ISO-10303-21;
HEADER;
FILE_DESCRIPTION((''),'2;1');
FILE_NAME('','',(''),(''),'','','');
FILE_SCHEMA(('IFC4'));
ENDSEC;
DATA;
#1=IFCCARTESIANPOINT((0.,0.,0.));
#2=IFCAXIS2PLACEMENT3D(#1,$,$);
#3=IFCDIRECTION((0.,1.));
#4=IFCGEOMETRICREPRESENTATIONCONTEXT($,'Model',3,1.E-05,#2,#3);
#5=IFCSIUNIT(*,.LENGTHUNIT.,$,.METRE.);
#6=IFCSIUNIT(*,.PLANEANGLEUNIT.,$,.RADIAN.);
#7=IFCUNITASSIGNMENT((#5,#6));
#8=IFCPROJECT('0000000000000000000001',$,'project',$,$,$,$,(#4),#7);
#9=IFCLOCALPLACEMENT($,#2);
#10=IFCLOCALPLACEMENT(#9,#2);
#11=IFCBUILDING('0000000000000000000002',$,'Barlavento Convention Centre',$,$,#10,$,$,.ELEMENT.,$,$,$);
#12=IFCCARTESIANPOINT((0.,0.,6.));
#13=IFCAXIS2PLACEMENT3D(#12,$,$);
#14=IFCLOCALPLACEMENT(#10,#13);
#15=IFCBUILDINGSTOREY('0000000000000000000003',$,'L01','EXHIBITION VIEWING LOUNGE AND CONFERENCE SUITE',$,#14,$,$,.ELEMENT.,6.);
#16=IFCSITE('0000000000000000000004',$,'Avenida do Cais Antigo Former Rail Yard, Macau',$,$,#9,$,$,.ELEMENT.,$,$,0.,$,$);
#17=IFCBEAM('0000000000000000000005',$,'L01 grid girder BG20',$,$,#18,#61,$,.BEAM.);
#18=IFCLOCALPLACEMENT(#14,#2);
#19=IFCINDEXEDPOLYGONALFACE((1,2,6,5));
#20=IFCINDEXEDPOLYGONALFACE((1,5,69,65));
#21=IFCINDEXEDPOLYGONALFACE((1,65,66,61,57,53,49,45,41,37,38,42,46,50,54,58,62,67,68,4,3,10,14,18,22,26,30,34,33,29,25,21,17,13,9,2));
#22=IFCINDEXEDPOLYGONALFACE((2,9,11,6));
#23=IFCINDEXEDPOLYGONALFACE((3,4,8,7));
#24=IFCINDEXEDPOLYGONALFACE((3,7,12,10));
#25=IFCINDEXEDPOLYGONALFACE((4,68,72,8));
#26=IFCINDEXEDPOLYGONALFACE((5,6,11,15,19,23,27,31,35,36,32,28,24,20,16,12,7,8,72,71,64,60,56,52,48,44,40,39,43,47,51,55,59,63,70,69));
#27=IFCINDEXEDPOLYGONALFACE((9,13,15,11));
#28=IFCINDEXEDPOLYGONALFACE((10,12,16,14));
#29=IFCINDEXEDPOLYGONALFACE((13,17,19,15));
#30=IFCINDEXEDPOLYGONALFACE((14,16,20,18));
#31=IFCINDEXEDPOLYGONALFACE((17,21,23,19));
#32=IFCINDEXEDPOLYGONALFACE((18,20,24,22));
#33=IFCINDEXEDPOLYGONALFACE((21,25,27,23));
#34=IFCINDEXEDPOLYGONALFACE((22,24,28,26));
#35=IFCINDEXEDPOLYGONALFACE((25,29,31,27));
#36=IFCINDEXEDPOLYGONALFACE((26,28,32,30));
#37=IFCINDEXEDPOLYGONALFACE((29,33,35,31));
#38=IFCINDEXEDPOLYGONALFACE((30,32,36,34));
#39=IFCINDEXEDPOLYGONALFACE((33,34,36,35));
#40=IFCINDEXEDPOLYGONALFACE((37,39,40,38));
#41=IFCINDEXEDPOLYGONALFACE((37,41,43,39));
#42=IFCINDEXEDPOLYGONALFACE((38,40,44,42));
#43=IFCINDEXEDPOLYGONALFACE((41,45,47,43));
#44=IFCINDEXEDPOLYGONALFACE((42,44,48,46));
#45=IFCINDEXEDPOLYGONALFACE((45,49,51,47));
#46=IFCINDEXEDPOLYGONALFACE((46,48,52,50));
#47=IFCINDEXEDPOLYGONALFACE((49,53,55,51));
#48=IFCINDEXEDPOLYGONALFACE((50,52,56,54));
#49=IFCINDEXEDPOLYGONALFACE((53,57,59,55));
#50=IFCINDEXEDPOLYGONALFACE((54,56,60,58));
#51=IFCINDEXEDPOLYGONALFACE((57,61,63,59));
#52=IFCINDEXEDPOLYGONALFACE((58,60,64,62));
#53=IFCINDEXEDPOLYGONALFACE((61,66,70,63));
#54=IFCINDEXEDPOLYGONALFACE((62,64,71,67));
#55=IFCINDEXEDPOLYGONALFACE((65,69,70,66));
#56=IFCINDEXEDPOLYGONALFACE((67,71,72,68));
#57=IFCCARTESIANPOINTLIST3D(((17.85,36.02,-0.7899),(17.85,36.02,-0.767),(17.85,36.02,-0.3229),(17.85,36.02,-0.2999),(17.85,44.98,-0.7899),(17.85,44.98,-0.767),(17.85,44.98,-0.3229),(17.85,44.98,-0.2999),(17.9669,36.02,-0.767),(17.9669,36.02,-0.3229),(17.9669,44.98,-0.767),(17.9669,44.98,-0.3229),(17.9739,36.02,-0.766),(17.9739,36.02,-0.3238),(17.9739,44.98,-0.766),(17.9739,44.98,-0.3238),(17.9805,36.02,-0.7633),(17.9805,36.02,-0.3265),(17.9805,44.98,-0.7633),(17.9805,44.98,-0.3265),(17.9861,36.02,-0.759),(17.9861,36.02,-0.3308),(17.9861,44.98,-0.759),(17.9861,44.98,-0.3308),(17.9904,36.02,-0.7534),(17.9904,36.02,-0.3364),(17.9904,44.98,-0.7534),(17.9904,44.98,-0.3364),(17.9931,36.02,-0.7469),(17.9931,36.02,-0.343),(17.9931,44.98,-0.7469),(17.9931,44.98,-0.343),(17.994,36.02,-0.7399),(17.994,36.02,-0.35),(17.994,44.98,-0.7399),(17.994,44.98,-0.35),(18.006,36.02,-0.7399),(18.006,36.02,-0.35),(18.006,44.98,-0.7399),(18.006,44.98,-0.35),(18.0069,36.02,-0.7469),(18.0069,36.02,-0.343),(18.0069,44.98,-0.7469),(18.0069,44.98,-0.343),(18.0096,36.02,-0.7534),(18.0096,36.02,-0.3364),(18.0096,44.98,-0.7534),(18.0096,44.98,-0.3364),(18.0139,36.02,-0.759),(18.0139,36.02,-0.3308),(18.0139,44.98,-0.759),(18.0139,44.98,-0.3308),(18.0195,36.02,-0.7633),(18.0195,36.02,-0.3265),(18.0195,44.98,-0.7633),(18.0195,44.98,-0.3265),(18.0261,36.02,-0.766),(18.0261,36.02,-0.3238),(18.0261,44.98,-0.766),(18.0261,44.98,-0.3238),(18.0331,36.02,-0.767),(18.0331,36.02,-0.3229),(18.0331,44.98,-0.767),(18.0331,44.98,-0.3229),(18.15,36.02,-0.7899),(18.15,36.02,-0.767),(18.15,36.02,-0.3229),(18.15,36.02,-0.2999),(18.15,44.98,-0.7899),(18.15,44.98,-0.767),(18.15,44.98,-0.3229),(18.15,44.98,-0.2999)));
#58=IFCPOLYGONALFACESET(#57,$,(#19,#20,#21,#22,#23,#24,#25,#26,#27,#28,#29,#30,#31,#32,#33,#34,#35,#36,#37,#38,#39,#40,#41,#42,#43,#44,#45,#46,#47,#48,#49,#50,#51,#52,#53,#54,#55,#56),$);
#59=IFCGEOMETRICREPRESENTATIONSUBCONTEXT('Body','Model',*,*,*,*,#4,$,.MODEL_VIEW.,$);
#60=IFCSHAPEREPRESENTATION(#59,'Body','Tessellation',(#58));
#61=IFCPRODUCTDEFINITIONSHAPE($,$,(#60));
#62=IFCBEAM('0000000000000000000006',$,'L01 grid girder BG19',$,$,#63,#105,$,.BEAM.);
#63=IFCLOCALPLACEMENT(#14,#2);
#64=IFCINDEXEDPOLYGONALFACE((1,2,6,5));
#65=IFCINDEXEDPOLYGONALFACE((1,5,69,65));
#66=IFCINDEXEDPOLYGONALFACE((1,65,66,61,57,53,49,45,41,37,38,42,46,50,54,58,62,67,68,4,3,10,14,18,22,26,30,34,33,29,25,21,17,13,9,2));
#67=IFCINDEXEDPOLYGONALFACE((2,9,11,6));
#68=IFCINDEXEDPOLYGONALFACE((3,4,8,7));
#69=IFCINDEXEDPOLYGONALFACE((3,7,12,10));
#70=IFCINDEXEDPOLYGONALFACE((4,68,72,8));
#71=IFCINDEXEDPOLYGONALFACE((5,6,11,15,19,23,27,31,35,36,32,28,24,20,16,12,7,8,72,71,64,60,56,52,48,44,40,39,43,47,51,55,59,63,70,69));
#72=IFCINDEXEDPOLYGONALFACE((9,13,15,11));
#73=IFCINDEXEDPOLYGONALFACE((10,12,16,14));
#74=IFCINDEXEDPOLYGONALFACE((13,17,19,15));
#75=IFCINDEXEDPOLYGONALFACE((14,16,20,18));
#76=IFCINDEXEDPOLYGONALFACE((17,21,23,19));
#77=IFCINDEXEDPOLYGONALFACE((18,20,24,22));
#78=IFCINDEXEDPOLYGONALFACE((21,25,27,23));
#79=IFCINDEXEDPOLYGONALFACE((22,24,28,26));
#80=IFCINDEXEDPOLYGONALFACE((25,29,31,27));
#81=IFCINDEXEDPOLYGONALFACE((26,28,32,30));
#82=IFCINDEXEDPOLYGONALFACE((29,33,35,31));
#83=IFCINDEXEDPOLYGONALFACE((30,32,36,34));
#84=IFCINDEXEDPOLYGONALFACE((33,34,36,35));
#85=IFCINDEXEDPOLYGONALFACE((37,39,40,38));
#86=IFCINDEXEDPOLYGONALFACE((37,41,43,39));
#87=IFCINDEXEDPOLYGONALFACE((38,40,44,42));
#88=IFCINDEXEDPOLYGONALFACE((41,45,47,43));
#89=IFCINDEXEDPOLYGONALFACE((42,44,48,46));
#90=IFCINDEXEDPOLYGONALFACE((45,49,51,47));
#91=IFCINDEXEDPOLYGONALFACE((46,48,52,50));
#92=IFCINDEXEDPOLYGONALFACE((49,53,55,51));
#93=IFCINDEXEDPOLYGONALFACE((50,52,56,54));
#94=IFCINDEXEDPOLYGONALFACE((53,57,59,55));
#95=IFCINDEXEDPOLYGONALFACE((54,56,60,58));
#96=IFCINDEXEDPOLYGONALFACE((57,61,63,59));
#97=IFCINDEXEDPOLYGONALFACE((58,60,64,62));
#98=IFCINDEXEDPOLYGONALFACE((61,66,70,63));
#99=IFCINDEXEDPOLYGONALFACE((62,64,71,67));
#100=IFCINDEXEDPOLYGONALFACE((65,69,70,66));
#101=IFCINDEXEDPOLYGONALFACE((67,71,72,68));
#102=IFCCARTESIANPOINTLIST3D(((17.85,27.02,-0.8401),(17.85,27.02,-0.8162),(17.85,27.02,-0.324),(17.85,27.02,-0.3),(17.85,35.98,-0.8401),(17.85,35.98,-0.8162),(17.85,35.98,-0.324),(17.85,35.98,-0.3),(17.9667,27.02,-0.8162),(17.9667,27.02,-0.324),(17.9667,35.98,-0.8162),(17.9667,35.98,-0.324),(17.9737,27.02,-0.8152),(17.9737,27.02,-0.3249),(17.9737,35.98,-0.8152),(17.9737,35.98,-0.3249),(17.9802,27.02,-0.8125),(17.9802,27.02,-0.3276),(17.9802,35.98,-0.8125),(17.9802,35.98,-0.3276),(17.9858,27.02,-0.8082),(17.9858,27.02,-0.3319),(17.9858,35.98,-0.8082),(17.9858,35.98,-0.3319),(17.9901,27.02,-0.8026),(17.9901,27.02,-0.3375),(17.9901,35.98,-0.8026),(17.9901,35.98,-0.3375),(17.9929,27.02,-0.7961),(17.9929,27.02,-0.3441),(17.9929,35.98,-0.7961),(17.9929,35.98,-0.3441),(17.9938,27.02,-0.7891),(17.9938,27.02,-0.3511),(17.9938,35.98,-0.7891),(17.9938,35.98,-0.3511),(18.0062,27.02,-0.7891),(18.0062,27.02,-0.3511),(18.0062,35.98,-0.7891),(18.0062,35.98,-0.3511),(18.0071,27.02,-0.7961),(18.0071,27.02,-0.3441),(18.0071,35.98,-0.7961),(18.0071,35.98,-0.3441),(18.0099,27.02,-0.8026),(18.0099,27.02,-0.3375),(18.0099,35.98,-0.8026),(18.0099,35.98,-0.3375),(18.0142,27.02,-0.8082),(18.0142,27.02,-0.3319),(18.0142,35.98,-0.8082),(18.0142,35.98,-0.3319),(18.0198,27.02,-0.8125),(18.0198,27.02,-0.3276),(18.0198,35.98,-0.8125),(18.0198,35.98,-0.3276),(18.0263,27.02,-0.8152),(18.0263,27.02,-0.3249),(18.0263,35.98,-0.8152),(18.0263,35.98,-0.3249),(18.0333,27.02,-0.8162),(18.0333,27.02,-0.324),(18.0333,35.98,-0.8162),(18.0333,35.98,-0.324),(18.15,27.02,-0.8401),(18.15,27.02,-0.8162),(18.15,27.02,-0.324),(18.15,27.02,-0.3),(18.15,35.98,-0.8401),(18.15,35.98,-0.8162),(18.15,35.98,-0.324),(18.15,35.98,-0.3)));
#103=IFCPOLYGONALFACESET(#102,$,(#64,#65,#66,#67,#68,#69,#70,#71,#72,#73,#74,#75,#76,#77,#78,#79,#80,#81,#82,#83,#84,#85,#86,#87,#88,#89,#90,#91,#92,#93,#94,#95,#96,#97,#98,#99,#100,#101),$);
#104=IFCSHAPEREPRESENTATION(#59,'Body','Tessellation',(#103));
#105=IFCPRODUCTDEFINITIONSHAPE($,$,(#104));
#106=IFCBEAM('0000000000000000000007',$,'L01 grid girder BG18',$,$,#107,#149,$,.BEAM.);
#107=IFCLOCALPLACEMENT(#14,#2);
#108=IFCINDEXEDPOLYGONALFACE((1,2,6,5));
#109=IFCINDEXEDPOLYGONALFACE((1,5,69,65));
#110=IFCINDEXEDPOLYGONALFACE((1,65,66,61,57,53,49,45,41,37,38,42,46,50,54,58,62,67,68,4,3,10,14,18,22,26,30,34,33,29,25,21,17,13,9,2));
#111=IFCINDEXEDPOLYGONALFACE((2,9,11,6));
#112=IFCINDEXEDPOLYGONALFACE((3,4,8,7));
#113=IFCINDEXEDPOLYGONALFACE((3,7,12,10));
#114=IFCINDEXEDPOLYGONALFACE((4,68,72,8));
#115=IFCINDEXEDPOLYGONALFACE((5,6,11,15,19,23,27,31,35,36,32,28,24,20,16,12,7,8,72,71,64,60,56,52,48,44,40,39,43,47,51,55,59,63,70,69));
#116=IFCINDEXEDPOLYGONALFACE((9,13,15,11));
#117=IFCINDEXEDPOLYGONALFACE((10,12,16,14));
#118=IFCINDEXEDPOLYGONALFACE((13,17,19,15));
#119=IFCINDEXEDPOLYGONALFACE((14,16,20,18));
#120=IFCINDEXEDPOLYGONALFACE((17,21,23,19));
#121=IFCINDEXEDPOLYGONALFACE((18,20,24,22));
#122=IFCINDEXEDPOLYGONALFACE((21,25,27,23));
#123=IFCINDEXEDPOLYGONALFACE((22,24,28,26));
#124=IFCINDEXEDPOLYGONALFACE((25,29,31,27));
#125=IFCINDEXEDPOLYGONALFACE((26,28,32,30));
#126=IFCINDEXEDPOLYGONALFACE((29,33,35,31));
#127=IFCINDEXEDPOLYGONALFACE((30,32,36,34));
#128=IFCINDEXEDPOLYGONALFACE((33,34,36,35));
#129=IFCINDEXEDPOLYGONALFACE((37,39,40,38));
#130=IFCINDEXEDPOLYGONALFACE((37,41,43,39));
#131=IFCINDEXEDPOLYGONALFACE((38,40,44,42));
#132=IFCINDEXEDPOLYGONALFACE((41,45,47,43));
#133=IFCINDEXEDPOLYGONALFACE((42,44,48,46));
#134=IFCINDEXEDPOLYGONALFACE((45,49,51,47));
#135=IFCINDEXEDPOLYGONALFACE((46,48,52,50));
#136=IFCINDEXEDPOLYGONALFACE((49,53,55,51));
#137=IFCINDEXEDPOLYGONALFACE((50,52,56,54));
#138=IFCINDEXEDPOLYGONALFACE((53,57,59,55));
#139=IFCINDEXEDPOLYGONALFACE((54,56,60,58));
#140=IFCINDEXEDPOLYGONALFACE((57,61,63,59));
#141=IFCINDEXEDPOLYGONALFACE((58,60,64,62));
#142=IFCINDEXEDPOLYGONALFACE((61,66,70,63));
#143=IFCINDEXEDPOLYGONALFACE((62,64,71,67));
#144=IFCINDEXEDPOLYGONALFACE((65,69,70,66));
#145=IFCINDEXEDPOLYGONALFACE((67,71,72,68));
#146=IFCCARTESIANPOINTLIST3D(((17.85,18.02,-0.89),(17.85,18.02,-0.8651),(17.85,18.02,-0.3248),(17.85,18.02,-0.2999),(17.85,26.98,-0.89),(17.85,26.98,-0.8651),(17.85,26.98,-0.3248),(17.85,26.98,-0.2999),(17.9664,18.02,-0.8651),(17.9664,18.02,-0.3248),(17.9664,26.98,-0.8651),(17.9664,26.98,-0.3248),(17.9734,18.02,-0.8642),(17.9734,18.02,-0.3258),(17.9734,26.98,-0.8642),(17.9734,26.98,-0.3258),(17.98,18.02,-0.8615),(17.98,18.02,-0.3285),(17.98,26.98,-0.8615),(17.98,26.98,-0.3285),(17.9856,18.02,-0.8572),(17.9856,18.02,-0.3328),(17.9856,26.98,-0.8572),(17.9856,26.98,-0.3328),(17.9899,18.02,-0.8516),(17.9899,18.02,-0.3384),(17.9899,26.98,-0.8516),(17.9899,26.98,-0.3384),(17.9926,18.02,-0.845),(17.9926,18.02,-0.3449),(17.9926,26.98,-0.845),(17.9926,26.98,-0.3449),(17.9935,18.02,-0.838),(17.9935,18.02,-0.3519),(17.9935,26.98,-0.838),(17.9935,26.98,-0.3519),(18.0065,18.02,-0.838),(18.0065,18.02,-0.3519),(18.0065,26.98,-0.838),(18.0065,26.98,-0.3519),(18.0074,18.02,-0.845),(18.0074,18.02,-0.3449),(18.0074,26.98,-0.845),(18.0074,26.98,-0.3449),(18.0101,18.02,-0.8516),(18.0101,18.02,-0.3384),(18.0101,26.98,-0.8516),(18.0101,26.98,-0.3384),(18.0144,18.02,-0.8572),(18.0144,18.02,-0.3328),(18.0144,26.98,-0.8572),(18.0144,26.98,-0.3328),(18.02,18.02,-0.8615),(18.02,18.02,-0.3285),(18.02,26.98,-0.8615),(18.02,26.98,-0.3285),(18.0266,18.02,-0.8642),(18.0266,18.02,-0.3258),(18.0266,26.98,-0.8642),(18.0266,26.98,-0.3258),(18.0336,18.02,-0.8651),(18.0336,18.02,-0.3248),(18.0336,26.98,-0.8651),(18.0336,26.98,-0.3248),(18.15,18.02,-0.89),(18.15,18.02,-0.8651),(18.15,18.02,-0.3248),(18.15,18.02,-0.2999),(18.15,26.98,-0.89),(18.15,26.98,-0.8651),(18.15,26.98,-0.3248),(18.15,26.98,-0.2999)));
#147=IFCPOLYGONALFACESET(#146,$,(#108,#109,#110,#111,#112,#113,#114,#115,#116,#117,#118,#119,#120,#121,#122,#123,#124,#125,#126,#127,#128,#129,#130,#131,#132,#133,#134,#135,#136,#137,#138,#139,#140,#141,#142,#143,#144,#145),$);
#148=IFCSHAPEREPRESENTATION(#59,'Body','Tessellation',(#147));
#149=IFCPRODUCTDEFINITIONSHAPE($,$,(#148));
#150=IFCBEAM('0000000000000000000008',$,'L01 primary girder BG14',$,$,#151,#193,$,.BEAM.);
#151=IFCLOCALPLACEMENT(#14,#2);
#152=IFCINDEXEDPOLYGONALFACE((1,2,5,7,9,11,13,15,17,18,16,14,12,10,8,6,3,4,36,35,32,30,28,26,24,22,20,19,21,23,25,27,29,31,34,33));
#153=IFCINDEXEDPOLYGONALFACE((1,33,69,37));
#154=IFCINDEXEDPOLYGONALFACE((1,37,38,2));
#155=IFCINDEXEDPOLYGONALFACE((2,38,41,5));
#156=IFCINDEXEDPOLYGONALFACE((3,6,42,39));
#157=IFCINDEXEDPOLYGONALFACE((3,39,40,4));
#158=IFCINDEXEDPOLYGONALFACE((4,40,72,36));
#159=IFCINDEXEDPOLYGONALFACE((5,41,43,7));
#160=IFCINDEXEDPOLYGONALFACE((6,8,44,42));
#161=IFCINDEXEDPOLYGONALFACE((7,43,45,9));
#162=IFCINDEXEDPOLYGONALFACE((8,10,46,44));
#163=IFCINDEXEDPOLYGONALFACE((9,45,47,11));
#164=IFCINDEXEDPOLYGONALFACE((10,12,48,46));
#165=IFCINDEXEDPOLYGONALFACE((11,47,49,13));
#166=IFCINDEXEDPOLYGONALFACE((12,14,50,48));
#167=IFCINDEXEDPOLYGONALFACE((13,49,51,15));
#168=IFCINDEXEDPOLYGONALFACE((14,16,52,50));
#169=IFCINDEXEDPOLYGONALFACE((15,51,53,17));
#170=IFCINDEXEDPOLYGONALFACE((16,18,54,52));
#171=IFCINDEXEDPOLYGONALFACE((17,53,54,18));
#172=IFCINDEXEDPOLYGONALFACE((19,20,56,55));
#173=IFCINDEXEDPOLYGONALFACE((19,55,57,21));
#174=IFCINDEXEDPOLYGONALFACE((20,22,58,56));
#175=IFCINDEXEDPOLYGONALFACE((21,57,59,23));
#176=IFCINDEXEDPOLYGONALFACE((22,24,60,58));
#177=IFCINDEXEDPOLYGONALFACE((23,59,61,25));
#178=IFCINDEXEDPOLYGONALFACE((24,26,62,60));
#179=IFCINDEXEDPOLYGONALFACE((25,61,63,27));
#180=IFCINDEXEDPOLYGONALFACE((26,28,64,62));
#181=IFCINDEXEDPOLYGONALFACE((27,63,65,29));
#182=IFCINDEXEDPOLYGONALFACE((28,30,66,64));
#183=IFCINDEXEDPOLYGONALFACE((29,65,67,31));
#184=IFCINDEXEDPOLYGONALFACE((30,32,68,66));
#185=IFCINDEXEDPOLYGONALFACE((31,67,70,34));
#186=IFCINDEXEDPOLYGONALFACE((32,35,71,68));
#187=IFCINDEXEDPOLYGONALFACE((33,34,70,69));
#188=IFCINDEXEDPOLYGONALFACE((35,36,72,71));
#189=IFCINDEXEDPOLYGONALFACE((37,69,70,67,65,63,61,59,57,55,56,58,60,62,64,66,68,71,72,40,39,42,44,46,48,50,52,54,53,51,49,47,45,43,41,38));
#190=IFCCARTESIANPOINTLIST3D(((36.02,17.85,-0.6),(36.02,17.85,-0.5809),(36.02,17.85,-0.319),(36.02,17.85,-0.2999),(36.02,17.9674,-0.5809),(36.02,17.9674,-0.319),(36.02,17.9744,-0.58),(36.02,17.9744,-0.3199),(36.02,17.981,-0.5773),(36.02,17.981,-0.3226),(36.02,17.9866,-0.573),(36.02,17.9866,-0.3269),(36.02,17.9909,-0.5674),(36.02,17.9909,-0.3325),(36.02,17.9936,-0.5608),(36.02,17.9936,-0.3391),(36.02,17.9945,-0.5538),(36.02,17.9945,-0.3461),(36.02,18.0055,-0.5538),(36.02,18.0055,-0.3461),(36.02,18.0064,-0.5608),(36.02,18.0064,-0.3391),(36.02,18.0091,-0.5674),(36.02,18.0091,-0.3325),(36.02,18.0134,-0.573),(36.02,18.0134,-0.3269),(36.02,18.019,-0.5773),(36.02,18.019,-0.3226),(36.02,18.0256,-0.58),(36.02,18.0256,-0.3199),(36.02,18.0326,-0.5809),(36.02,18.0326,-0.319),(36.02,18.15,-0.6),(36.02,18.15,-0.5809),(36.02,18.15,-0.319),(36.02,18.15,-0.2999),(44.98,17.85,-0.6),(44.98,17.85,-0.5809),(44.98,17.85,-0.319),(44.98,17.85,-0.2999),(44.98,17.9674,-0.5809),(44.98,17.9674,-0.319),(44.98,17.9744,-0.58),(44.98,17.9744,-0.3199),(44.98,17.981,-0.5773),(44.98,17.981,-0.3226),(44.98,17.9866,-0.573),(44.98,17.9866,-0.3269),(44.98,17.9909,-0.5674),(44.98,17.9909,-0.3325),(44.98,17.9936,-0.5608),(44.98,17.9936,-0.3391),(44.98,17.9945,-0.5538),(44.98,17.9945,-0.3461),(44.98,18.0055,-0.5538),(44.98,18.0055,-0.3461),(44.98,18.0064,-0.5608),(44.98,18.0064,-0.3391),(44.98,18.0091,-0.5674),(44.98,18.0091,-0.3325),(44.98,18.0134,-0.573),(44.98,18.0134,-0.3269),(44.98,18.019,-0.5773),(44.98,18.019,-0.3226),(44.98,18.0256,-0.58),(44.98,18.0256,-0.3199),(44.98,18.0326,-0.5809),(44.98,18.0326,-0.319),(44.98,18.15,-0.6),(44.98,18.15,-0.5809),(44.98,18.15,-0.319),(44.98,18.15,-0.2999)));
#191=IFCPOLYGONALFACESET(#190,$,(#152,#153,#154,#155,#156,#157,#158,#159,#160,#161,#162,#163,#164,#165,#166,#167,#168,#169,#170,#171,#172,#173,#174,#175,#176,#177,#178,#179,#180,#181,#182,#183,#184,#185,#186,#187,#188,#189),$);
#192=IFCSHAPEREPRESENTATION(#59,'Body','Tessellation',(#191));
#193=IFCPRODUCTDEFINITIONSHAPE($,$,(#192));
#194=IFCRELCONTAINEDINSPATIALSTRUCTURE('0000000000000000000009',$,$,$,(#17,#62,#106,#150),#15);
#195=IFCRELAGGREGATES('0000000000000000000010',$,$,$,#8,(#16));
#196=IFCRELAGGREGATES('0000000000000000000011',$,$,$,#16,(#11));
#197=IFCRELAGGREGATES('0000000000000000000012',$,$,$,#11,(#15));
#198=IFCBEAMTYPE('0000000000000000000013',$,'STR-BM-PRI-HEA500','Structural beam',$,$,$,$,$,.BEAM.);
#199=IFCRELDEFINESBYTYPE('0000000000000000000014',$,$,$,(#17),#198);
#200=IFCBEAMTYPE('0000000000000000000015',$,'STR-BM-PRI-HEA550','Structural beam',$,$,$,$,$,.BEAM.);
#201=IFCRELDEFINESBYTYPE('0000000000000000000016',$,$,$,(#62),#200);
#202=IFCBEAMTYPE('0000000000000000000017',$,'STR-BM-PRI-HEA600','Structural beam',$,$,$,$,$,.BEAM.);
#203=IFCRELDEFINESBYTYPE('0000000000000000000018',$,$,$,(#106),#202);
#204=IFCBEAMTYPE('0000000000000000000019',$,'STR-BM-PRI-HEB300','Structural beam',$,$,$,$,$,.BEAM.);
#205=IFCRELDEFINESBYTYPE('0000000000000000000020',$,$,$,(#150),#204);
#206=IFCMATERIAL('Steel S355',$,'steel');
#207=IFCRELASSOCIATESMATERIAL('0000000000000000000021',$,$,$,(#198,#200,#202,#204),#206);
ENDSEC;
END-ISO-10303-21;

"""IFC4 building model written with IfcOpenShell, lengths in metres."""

from ifc_helpers import new_model, si_unit, direction, frame, origin, origin_2d, place, context, subcontext, project, spatial, i_section, extrude, material, material_profile, profile_set, type_object, element, save


model = new_model("IFC4")

# Units and contexts
model_context = context("Model", 3, precision=1e-05, world=origin(), true_north=direction((0.0, 1.0)))
body_context = subcontext(model_context, "Body", "Model", "MODEL_VIEW")
ifc_project = project(units=[si_unit("LENGTHUNIT", "METRE"), si_unit("PLANEANGLEUNIT", "RADIAN")], contexts=[model_context])

# Site, building, storey
site_placement = place(None, origin())
site = spatial("IfcSite", under=ifc_project, at=site_placement, Name="Avenida do Cais Antigo Former Rail Yard, Macau", CompositionType="ELEMENT", RefElevation=0.0)
building_placement = place(site_placement, origin())
building = spatial("IfcBuilding", under=site, at=building_placement, Name="Barlavento Convention Centre", CompositionType="ELEMENT")
storey_placement = place(building_placement, frame((0.0, 0.0, 6.0)))
storey = spatial("IfcBuildingStorey", under=building, at=storey_placement, Name="L01", Description="EXHIBITION VIEWING LOUNGE AND CONFERENCE SUITE", CompositionType="ELEMENT", Elevation=6.0)

# Shared definitions
ifc_material_1 = material(Name="Steel S355", Category="steel")

# Beams
ifc_material_profile_1 = material_profile(ifc_material_1, i_section(OverallWidth=0.3, OverallDepth=0.49, WebThickness=0.012, FlangeThickness=0.0229, FilletRadius=0.0271, at=origin_2d()), Name="HEA 500")
ifc_profile_set_1 = profile_set([ifc_material_profile_1], Name="Steel S355")
beam_type_1 = type_object("IfcBeamType", Name="STR-BM-PRI-HEA500", Description="Structural beam", PredefinedType="BEAM", material=ifc_profile_set_1)
beam_1_placement = place(storey_placement, frame((18.0, 36.02, -0.5449), z_axis=(0.0, 1.0, 0.0), x_axis=(-1.0, 0.0, 0.0)))
element("IfcBeam", 1, at=beam_1_placement, inside=storey, type_object=beam_type_1, Name="L01 grid girder BG20", PredefinedType="BEAM", context=body_context, shape_type="SweptSolid", body=[
    extrude(i_section(OverallWidth=0.3, OverallDepth=0.49, WebThickness=0.012, FlangeThickness=0.0229, FilletRadius=0.0271, at=origin_2d()), origin(), (0.0, 0.0, 1.0), 8.96),
])
ifc_material_profile_2 = material_profile(ifc_material_1, i_section(OverallWidth=0.3, OverallDepth=0.54, WebThickness=0.0125, FlangeThickness=0.0239, FilletRadius=0.0271, at=origin_2d()), Name="HEA 550")
ifc_profile_set_2 = profile_set([ifc_material_profile_2], Name="Steel S355")
beam_type_2 = type_object("IfcBeamType", Name="STR-BM-PRI-HEA550", Description="Structural beam", PredefinedType="BEAM", material=ifc_profile_set_2)
beam_2_placement = place(storey_placement, frame((18.0, 27.02, -0.5701), z_axis=(0.0, 1.0, 0.0), x_axis=(-1.0, 0.0, 0.0)))
element("IfcBeam", 2, at=beam_2_placement, inside=storey, type_object=beam_type_2, Name="L01 grid girder BG19", PredefinedType="BEAM", context=body_context, shape_type="SweptSolid", body=[
    extrude(i_section(OverallWidth=0.3, OverallDepth=0.54, WebThickness=0.0125, FlangeThickness=0.0239, FilletRadius=0.0271, at=origin_2d()), origin(), (0.0, 0.0, 1.0), 8.96),
])
ifc_material_profile_3 = material_profile(ifc_material_1, i_section(OverallWidth=0.3, OverallDepth=0.5901, WebThickness=0.0129, FlangeThickness=0.0249, FilletRadius=0.0271, at=origin_2d()), Name="HEA 600")
ifc_profile_set_3 = profile_set([ifc_material_profile_3], Name="Steel S355")
beam_type_3 = type_object("IfcBeamType", Name="STR-BM-PRI-HEA600", Description="Structural beam", PredefinedType="BEAM", material=ifc_profile_set_3)
beam_3_placement = place(storey_placement, frame((18.0, 18.02, -0.595), z_axis=(0.0, 1.0, 0.0), x_axis=(-1.0, 0.0, 0.0)))
element("IfcBeam", 3, at=beam_3_placement, inside=storey, type_object=beam_type_3, Name="L01 grid girder BG18", PredefinedType="BEAM", context=body_context, shape_type="SweptSolid", body=[
    extrude(i_section(OverallWidth=0.3, OverallDepth=0.5901, WebThickness=0.0129, FlangeThickness=0.0249, FilletRadius=0.0271, at=origin_2d()), origin(), (0.0, 0.0, 1.0), 8.96),
])
ifc_material_profile_4 = material_profile(ifc_material_1, i_section(OverallWidth=0.3, OverallDepth=0.3, WebThickness=0.011, FlangeThickness=0.019, FilletRadius=0.0271, at=origin_2d()), Name="HEB 300")
ifc_profile_set_4 = profile_set([ifc_material_profile_4], Name="Steel S355")
beam_type_4 = type_object("IfcBeamType", Name="STR-BM-PRI-HEB300", Description="Structural beam", PredefinedType="BEAM", material=ifc_profile_set_4)
beam_4_placement = place(storey_placement, frame((36.02, 18.0, -0.45), z_axis=(1.0, 0.0, 0.0), x_axis=(0.0, 1.0, 0.0)))
element("IfcBeam", 4, at=beam_4_placement, inside=storey, type_object=beam_type_4, Name="L01 primary girder BG14", PredefinedType="BEAM", context=body_context, shape_type="SweptSolid", body=[
    extrude(i_section(OverallWidth=0.3, OverallDepth=0.3, WebThickness=0.011, FlangeThickness=0.019, FilletRadius=0.0271, at=origin_2d()), origin(), (0.0, 0.0, 1.0), 8.96),
])

save(model, "model.ifc")
